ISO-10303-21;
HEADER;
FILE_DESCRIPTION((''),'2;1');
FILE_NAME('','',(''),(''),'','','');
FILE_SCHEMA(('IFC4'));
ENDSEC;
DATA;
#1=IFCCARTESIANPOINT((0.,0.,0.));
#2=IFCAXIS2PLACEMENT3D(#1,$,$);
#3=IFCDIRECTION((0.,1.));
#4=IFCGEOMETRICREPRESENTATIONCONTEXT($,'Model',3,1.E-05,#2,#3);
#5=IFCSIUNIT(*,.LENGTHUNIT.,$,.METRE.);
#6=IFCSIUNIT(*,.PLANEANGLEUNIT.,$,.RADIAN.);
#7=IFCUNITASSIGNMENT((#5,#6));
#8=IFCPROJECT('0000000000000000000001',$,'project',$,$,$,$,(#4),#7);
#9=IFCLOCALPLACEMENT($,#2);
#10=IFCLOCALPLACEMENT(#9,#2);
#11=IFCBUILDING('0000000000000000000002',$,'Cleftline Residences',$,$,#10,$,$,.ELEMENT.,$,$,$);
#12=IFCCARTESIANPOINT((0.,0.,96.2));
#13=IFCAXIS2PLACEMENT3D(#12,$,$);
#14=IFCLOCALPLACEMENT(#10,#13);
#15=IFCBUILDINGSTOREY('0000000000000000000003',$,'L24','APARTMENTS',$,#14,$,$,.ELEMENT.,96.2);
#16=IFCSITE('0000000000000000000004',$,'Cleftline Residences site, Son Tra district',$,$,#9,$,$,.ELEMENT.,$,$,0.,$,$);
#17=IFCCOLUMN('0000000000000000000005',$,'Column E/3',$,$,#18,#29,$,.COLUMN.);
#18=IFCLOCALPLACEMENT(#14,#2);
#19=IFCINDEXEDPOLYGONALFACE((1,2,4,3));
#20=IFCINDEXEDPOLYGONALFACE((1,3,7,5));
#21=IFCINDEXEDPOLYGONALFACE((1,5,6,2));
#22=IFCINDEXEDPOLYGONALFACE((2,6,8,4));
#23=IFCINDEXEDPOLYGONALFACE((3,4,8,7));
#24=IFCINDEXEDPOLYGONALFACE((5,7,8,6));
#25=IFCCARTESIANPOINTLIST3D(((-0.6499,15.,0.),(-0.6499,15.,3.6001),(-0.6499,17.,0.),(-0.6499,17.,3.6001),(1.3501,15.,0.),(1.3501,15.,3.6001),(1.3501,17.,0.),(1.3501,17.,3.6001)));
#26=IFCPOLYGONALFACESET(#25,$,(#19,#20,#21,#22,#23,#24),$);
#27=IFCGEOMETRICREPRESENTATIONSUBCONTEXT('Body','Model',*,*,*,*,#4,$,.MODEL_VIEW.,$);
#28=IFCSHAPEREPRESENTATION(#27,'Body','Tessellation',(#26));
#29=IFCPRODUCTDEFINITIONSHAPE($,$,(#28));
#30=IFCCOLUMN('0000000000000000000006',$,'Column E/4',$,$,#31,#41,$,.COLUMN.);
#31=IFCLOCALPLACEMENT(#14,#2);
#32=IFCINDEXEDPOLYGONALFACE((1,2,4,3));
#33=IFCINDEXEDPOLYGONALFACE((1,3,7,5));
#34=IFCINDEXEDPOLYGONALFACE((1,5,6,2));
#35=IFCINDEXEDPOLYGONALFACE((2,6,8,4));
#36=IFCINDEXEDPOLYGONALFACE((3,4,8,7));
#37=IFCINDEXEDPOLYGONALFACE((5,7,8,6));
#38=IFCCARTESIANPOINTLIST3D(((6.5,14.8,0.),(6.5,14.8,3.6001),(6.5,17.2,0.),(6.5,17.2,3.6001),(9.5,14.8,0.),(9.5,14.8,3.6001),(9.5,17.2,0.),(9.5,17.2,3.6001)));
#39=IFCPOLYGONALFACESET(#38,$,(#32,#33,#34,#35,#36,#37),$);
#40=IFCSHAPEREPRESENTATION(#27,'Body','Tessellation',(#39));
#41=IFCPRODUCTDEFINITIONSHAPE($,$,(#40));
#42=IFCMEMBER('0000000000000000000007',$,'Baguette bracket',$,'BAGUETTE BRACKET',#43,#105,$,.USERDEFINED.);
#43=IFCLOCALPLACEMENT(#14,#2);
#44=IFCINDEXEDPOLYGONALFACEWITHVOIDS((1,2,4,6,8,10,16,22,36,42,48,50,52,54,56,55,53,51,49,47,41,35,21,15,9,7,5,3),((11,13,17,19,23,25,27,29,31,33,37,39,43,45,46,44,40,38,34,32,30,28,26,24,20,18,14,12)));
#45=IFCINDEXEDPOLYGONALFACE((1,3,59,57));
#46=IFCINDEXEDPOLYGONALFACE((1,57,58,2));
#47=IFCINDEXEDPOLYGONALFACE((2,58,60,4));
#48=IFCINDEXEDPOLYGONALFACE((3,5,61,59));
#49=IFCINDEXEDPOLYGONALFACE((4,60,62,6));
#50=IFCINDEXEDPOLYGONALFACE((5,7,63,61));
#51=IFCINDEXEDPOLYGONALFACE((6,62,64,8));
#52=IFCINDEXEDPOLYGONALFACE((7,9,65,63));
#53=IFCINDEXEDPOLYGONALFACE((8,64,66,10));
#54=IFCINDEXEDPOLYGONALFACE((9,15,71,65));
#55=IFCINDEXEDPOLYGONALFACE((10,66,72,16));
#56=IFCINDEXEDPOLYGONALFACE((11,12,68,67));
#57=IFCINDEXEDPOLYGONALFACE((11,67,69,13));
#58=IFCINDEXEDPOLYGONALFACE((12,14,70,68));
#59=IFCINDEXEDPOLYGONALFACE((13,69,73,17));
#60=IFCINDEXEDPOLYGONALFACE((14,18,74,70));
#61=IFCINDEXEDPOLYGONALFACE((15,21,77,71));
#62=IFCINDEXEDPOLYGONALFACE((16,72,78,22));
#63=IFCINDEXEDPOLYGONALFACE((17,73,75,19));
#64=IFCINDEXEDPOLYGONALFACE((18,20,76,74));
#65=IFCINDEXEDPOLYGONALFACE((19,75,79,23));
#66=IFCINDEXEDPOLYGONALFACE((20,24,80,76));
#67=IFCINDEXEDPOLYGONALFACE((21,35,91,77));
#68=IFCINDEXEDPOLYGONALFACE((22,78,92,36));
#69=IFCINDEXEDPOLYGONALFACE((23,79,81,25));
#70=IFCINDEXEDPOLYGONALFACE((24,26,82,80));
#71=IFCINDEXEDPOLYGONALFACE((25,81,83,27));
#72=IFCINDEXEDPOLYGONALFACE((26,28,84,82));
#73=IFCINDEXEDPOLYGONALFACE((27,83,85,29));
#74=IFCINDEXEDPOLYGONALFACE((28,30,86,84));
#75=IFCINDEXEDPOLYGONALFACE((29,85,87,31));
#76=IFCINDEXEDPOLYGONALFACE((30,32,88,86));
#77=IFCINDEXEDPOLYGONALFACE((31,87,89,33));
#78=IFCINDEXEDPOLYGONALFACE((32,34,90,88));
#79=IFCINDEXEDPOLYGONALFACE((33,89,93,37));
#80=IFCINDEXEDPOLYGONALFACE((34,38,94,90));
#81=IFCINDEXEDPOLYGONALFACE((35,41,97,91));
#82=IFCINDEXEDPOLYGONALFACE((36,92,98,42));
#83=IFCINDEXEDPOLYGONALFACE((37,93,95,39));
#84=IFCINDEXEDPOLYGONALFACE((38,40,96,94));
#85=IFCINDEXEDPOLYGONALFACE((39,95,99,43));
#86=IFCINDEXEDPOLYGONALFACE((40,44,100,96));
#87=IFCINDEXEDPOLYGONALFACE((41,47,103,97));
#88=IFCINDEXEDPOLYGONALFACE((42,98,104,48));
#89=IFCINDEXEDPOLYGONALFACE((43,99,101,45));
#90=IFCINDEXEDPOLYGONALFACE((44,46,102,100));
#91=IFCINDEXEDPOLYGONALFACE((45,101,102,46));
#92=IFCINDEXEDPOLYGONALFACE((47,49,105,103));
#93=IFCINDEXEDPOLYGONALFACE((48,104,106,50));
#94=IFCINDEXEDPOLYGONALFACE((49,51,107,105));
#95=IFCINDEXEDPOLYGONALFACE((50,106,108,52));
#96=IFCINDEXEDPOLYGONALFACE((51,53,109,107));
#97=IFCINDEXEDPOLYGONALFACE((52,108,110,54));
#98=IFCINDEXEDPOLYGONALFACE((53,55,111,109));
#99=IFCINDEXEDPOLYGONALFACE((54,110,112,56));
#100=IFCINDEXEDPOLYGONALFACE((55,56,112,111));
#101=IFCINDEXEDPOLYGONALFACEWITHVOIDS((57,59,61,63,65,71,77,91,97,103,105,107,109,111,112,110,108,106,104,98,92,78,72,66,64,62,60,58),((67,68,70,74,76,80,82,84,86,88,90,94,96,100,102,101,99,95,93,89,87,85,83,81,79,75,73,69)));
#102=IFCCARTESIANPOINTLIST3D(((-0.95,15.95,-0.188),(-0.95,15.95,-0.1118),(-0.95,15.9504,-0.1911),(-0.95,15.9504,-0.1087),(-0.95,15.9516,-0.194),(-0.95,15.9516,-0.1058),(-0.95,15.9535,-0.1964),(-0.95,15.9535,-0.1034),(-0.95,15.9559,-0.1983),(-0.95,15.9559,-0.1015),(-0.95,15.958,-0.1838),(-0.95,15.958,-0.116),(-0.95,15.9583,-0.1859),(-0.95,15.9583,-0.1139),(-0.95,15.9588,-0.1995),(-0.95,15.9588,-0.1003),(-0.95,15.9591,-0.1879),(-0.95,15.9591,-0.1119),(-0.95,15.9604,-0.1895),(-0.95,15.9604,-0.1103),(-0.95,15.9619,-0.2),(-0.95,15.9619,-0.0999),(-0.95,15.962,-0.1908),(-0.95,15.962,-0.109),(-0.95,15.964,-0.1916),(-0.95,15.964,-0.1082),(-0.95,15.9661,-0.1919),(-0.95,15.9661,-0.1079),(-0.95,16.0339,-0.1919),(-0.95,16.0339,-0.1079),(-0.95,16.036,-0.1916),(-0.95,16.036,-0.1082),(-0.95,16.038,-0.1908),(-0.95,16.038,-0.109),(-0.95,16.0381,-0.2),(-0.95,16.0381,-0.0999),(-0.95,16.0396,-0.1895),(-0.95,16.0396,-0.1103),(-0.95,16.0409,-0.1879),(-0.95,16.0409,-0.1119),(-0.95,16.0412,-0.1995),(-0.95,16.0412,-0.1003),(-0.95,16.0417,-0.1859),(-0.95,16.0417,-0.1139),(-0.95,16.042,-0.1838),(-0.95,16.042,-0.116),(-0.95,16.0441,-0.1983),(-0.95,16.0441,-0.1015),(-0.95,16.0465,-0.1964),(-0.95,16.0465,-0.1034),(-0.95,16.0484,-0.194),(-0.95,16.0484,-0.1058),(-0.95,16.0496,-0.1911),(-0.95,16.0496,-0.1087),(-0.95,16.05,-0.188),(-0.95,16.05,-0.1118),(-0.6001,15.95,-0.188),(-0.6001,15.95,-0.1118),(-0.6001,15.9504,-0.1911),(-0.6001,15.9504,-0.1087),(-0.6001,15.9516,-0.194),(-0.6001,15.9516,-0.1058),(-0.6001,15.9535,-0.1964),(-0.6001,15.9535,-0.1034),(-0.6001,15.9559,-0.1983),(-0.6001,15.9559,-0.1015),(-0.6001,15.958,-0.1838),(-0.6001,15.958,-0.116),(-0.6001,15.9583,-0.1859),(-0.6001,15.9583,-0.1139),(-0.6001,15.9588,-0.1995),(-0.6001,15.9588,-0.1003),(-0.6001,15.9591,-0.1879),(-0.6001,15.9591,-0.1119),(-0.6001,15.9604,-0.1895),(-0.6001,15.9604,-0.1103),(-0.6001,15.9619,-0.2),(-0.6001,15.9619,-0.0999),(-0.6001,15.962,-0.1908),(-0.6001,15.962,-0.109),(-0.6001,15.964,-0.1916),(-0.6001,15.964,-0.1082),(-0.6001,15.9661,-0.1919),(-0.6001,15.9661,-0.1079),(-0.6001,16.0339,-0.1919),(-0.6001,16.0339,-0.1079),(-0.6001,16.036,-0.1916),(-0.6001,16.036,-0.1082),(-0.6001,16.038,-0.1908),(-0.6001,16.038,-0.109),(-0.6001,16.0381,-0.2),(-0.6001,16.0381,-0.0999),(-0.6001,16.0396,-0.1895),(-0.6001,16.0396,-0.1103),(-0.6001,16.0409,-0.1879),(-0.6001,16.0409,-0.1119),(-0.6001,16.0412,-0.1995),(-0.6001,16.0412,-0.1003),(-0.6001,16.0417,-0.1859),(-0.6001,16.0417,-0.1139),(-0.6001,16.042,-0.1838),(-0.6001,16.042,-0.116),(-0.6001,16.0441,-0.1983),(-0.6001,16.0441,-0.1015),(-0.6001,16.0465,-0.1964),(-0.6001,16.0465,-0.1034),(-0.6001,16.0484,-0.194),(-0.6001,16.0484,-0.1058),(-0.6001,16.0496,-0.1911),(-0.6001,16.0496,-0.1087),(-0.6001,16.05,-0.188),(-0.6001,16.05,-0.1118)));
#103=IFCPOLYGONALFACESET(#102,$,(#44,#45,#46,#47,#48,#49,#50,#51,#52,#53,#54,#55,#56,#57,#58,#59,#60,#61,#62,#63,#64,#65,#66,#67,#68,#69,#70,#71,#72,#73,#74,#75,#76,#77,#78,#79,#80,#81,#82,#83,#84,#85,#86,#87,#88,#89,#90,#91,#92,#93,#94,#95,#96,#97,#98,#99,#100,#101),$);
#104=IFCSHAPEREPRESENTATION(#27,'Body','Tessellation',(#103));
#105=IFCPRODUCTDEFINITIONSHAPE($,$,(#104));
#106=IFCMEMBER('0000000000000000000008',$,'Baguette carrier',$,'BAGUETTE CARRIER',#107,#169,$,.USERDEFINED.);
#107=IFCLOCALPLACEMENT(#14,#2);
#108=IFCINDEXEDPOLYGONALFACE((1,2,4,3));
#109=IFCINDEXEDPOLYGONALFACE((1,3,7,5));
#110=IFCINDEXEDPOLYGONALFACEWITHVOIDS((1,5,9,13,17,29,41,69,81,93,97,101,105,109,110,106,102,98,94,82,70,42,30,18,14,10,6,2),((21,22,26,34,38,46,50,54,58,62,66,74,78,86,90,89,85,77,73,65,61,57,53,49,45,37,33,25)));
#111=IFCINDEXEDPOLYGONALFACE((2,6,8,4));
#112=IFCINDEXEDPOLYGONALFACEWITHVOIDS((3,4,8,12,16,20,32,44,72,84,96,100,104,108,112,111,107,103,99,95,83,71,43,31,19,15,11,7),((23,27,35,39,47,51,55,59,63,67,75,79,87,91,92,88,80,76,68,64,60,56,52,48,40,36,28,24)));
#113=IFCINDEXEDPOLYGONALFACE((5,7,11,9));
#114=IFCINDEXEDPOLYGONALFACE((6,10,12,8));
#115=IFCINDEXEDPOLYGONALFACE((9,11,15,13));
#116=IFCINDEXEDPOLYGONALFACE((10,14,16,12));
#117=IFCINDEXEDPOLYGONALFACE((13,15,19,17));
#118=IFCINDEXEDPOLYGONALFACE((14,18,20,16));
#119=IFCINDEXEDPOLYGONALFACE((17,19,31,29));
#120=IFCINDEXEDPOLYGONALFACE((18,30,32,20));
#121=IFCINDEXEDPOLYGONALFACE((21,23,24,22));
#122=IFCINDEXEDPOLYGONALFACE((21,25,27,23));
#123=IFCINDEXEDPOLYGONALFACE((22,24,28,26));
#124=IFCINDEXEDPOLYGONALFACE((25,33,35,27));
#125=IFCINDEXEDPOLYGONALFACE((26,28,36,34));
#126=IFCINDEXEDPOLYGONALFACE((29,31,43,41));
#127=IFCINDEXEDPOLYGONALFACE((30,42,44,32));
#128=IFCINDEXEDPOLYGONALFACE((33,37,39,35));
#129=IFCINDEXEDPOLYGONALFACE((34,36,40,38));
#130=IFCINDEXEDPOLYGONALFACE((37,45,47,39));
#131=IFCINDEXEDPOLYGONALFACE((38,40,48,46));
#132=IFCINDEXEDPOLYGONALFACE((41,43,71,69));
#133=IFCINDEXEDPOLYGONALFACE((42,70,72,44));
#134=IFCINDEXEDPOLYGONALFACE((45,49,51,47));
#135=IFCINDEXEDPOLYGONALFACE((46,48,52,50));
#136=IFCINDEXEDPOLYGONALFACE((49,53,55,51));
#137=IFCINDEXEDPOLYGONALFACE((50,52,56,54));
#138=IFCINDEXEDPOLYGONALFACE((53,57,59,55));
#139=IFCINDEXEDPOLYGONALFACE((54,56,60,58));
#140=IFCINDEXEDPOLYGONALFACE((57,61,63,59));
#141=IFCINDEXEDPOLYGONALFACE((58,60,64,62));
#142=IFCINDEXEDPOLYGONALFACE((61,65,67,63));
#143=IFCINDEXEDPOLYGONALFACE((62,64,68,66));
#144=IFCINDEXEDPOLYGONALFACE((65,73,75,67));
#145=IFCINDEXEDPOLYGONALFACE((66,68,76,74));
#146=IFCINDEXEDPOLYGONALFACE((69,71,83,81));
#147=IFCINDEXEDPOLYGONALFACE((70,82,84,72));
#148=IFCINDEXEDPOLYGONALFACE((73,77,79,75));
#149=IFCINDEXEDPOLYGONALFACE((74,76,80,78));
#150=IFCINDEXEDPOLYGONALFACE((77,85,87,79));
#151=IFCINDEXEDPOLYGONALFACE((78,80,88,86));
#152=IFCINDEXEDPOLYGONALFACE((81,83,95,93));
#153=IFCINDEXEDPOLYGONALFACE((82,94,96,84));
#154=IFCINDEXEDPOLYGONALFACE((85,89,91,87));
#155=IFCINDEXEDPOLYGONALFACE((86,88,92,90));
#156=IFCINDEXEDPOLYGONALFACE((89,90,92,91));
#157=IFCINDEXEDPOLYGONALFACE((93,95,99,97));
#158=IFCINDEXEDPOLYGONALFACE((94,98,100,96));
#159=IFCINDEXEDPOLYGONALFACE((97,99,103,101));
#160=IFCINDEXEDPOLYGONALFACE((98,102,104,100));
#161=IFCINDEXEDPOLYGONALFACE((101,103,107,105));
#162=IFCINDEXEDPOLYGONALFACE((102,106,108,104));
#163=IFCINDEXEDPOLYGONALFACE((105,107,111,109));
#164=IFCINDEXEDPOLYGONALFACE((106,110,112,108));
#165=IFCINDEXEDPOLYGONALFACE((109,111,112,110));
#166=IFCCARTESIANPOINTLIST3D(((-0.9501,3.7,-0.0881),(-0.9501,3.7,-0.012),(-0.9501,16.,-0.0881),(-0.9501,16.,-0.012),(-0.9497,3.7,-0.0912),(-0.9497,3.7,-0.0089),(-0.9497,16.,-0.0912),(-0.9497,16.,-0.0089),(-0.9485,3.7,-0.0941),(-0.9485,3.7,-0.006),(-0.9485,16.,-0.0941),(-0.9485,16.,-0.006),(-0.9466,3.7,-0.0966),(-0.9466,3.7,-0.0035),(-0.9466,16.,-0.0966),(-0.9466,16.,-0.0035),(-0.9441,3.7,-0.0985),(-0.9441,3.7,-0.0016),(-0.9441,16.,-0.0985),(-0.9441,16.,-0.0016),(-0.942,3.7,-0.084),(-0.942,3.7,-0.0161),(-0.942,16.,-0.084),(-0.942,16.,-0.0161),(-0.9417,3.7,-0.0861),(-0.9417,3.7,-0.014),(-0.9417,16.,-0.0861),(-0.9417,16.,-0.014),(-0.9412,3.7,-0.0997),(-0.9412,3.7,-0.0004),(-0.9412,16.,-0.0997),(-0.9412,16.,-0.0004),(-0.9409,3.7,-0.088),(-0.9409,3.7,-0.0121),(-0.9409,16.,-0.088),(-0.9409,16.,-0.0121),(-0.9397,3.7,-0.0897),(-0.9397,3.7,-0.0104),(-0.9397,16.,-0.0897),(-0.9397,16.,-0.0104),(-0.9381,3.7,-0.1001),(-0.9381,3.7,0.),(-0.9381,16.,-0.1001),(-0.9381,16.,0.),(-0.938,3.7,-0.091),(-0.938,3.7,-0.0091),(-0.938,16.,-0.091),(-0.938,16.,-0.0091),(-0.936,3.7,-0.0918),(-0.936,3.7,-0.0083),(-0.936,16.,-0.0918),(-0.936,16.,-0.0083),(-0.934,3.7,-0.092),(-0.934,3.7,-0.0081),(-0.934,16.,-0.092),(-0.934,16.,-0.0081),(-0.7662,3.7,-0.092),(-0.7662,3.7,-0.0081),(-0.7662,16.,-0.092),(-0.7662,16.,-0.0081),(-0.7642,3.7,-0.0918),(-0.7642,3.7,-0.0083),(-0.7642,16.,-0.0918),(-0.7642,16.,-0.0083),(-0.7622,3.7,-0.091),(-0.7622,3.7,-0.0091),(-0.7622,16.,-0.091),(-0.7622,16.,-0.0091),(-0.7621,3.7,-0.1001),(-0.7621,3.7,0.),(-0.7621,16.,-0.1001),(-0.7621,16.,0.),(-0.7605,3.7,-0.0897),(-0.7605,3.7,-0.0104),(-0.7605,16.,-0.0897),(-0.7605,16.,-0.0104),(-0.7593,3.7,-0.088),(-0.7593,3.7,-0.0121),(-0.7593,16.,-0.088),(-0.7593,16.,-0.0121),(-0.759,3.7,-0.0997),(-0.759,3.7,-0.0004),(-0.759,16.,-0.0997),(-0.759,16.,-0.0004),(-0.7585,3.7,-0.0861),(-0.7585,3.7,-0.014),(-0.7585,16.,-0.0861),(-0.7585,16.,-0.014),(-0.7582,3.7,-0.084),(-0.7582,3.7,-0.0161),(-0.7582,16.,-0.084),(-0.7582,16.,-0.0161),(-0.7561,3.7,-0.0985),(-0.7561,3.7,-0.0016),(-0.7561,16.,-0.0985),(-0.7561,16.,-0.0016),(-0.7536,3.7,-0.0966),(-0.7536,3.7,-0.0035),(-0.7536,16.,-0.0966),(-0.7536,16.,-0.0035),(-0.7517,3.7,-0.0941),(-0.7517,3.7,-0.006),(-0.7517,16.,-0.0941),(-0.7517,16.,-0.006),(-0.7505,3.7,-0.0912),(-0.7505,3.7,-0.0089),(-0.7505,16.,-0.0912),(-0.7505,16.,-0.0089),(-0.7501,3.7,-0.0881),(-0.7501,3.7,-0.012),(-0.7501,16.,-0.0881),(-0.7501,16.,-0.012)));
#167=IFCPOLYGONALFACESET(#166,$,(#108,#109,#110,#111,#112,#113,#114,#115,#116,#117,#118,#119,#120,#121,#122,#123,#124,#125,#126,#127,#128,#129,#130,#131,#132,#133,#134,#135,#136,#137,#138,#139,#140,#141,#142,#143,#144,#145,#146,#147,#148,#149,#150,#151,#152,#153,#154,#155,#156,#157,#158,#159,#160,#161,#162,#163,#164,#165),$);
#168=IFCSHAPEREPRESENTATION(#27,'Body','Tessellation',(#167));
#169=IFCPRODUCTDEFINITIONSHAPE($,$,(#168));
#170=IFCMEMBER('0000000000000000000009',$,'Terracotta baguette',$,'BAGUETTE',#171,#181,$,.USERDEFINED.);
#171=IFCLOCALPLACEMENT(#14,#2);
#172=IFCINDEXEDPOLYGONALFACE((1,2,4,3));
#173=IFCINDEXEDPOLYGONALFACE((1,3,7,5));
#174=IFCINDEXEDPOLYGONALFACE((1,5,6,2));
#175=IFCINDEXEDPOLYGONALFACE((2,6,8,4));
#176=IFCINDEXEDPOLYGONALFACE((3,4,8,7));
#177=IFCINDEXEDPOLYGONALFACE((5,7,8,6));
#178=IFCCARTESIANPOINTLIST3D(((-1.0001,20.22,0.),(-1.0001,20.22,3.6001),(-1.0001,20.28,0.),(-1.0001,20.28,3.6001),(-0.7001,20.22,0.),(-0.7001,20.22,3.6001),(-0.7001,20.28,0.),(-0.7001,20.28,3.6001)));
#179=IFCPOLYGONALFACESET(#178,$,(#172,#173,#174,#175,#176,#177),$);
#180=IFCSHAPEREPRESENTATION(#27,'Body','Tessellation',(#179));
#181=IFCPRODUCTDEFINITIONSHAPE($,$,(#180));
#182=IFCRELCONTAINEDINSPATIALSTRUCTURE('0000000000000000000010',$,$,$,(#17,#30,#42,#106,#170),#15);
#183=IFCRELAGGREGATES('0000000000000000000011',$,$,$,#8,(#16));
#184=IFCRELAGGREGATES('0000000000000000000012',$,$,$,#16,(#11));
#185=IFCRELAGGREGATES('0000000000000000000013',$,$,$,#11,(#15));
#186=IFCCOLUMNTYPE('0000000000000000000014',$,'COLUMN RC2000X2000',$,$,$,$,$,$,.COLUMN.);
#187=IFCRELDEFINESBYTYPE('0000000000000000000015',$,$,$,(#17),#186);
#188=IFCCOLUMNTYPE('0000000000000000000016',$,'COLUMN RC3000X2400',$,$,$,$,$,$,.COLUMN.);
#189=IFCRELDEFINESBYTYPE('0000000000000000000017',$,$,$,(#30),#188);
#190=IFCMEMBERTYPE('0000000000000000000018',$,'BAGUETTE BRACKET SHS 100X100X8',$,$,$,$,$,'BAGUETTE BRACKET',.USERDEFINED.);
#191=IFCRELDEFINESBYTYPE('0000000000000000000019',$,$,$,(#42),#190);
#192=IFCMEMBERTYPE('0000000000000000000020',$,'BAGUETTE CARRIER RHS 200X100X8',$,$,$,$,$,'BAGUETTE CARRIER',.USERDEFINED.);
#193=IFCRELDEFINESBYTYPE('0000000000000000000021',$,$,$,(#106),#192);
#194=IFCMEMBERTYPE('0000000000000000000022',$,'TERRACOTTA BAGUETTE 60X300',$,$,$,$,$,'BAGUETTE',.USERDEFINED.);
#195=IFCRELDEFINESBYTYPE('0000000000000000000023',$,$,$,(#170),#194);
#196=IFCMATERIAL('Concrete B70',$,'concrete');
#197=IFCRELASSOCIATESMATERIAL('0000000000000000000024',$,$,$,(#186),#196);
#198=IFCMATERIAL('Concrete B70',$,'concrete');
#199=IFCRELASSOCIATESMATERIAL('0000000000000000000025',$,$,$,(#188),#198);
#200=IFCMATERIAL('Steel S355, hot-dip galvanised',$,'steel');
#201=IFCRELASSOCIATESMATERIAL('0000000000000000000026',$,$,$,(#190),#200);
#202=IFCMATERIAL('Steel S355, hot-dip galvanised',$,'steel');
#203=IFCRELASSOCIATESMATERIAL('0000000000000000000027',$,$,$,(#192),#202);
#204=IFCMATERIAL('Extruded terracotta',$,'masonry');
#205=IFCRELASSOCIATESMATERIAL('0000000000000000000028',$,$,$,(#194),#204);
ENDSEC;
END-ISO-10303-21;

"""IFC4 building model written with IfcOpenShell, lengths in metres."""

from ifc_helpers import new_model, si_unit, direction, frame, origin, origin_2d, place, context, subcontext, project, spatial, rectangle, hollow_rectangle, extrude, material, material_profile, profile_set, type_object, element, save


model = new_model("IFC4")

# Units and contexts
model_context = context("Model", 3, precision=1e-05, world=origin(), true_north=direction((0.0, 1.0)))
body_context = subcontext(model_context, "Body", "Model", "MODEL_VIEW")
ifc_project = project(units=[si_unit("LENGTHUNIT", "METRE"), si_unit("PLANEANGLEUNIT", "RADIAN")], contexts=[model_context])

# Site, building, storey
site_placement = place(None, origin())
site = spatial("IfcSite", under=ifc_project, at=site_placement, Name="Cleftline Residences site, Son Tra district", CompositionType="ELEMENT", RefElevation=0.0)
building_placement = place(site_placement, origin())
building = spatial("IfcBuilding", under=site, at=building_placement, Name="Cleftline Residences", CompositionType="ELEMENT")
storey_placement = place(building_placement, frame((0.0, 0.0, 96.2)))
storey = spatial("IfcBuildingStorey", under=building, at=storey_placement, Name="L24", Description="APARTMENTS", CompositionType="ELEMENT", Elevation=96.2)

# Columns
ifc_material_1 = material(Name="Concrete B70", Category="concrete")
ifc_material_profile_1 = material_profile(ifc_material_1, rectangle(XDim=2.0, YDim=2.0, at=origin_2d()))
ifc_profile_set_1 = profile_set([ifc_material_profile_1], Name="Concrete B70")
column_type_1 = type_object("IfcColumnType", Name="COLUMN RC2000X2000", PredefinedType="COLUMN", material=ifc_profile_set_1)
column_1_placement = place(storey_placement, frame((0.3501, 16.0, 0.0), z_axis=(0.0, 0.0, 1.0), x_axis=(1.0, 0.0, 0.0)))
element("IfcColumn", 1, at=column_1_placement, inside=storey, type_object=column_type_1, Name="Column E/3", PredefinedType="COLUMN", context=body_context, shape_type="SweptSolid", body=[
    extrude(rectangle(XDim=2.0, YDim=2.0, at=origin_2d()), origin(), (0.0, 0.0, 1.0), 3.6001),
])
ifc_material_2 = material(Name="Concrete B70", Category="concrete")
ifc_material_profile_2 = material_profile(ifc_material_2, rectangle(XDim=3.0, YDim=2.3999, at=origin_2d()))
ifc_profile_set_2 = profile_set([ifc_material_profile_2], Name="Concrete B70")
column_type_2 = type_object("IfcColumnType", Name="COLUMN RC3000X2400", PredefinedType="COLUMN", material=ifc_profile_set_2)
column_2_placement = place(storey_placement, frame((8.0, 16.0, 0.0), z_axis=(0.0, 0.0, 1.0), x_axis=(1.0, 0.0, 0.0)))
element("IfcColumn", 2, at=column_2_placement, inside=storey, type_object=column_type_2, Name="Column E/4", PredefinedType="COLUMN", context=body_context, shape_type="SweptSolid", body=[
    extrude(rectangle(XDim=3.0, YDim=2.3999, at=origin_2d()), origin(), (0.0, 0.0, 1.0), 3.6001),
])

# Members
ifc_material_3 = material(Name="Steel S355, hot-dip galvanised", Category="steel")
ifc_material_profile_3 = material_profile(ifc_material_3, hollow_rectangle(XDim=0.1001, YDim=0.1001, WallThickness=0.0081, InnerFilletRadius=0.0081, OuterFilletRadius=0.012, at=origin_2d()))
ifc_profile_set_3 = profile_set([ifc_material_profile_3], Name="Steel S355, hot-dip galvanised")
member_type_1 = type_object("IfcMemberType", Name="BAGUETTE BRACKET SHS 100X100X8", ElementType="BAGUETTE BRACKET", PredefinedType="USERDEFINED", material=ifc_profile_set_3)
member_1_placement = place(storey_placement, frame((-0.6001, 16.0, -0.1499), z_axis=(-1.0, 0.0, 0.0), x_axis=(0.0, -1.0, 0.0)))
element("IfcMember", 3, at=member_1_placement, inside=storey, type_object=member_type_1, Name="Baguette bracket", ObjectType="BAGUETTE BRACKET", PredefinedType="USERDEFINED", context=body_context, shape_type="SweptSolid", body=[
    extrude(hollow_rectangle(XDim=0.1001, YDim=0.1001, WallThickness=0.0081, InnerFilletRadius=0.0081, OuterFilletRadius=0.012, at=origin_2d()), origin(), (0.0, 0.0, 1.0), 0.3499),
])
ifc_material_4 = material(Name="Steel S355, hot-dip galvanised", Category="steel")
ifc_material_profile_4 = material_profile(ifc_material_4, hollow_rectangle(XDim=0.1001, YDim=0.2, WallThickness=0.0081, InnerFilletRadius=0.0081, OuterFilletRadius=0.012, at=origin_2d()))
ifc_profile_set_4 = profile_set([ifc_material_profile_4], Name="Steel S355, hot-dip galvanised")
member_type_2 = type_object("IfcMemberType", Name="BAGUETTE CARRIER RHS 200X100X8", ElementType="BAGUETTE CARRIER", PredefinedType="USERDEFINED", material=ifc_profile_set_4)
member_2_placement = place(storey_placement, frame((-0.8501, 16.0, -0.05), z_axis=(0.0, -1.0, 0.0), x_axis=(0.0, 0.0, 1.0)))
element("IfcMember", 4, at=member_2_placement, inside=storey, type_object=member_type_2, Name="Baguette carrier", ObjectType="BAGUETTE CARRIER", PredefinedType="USERDEFINED", context=body_context, shape_type="SweptSolid", body=[
    extrude(hollow_rectangle(XDim=0.1001, YDim=0.2, WallThickness=0.0081, InnerFilletRadius=0.0081, OuterFilletRadius=0.012, at=origin_2d()), origin(), (0.0, 0.0, 1.0), 12.3),
])
ifc_material_5 = material(Name="Extruded terracotta", Category="masonry")
ifc_material_profile_5 = material_profile(ifc_material_5, rectangle(XDim=0.0601, YDim=0.3, at=origin_2d()))
ifc_profile_set_5 = profile_set([ifc_material_profile_5], Name="Extruded terracotta")
member_type_3 = type_object("IfcMemberType", Name="TERRACOTTA BAGUETTE 60X300", ElementType="BAGUETTE", PredefinedType="USERDEFINED", material=ifc_profile_set_5)
for number, where, z_axis, x_axis, name in (
    (5, (-0.8501, 20.25, 0.0), (0.0, 0.0, 1.0), (0.0, 1.0, 0.0), "Terracotta baguette"),
):
    element("IfcMember", number, at=place(storey_placement, frame(where, z_axis=z_axis, x_axis=x_axis)), inside=storey, type_object=member_type_3, Name=name, ObjectType="BAGUETTE", PredefinedType="USERDEFINED", context=body_context, shape_type="SweptSolid", body=[
        extrude(rectangle(XDim=0.0601, YDim=0.3, at=origin_2d()), origin(), (0.0, 0.0, 1.0), 3.6001),
    ])

save(model, "model.ifc")
